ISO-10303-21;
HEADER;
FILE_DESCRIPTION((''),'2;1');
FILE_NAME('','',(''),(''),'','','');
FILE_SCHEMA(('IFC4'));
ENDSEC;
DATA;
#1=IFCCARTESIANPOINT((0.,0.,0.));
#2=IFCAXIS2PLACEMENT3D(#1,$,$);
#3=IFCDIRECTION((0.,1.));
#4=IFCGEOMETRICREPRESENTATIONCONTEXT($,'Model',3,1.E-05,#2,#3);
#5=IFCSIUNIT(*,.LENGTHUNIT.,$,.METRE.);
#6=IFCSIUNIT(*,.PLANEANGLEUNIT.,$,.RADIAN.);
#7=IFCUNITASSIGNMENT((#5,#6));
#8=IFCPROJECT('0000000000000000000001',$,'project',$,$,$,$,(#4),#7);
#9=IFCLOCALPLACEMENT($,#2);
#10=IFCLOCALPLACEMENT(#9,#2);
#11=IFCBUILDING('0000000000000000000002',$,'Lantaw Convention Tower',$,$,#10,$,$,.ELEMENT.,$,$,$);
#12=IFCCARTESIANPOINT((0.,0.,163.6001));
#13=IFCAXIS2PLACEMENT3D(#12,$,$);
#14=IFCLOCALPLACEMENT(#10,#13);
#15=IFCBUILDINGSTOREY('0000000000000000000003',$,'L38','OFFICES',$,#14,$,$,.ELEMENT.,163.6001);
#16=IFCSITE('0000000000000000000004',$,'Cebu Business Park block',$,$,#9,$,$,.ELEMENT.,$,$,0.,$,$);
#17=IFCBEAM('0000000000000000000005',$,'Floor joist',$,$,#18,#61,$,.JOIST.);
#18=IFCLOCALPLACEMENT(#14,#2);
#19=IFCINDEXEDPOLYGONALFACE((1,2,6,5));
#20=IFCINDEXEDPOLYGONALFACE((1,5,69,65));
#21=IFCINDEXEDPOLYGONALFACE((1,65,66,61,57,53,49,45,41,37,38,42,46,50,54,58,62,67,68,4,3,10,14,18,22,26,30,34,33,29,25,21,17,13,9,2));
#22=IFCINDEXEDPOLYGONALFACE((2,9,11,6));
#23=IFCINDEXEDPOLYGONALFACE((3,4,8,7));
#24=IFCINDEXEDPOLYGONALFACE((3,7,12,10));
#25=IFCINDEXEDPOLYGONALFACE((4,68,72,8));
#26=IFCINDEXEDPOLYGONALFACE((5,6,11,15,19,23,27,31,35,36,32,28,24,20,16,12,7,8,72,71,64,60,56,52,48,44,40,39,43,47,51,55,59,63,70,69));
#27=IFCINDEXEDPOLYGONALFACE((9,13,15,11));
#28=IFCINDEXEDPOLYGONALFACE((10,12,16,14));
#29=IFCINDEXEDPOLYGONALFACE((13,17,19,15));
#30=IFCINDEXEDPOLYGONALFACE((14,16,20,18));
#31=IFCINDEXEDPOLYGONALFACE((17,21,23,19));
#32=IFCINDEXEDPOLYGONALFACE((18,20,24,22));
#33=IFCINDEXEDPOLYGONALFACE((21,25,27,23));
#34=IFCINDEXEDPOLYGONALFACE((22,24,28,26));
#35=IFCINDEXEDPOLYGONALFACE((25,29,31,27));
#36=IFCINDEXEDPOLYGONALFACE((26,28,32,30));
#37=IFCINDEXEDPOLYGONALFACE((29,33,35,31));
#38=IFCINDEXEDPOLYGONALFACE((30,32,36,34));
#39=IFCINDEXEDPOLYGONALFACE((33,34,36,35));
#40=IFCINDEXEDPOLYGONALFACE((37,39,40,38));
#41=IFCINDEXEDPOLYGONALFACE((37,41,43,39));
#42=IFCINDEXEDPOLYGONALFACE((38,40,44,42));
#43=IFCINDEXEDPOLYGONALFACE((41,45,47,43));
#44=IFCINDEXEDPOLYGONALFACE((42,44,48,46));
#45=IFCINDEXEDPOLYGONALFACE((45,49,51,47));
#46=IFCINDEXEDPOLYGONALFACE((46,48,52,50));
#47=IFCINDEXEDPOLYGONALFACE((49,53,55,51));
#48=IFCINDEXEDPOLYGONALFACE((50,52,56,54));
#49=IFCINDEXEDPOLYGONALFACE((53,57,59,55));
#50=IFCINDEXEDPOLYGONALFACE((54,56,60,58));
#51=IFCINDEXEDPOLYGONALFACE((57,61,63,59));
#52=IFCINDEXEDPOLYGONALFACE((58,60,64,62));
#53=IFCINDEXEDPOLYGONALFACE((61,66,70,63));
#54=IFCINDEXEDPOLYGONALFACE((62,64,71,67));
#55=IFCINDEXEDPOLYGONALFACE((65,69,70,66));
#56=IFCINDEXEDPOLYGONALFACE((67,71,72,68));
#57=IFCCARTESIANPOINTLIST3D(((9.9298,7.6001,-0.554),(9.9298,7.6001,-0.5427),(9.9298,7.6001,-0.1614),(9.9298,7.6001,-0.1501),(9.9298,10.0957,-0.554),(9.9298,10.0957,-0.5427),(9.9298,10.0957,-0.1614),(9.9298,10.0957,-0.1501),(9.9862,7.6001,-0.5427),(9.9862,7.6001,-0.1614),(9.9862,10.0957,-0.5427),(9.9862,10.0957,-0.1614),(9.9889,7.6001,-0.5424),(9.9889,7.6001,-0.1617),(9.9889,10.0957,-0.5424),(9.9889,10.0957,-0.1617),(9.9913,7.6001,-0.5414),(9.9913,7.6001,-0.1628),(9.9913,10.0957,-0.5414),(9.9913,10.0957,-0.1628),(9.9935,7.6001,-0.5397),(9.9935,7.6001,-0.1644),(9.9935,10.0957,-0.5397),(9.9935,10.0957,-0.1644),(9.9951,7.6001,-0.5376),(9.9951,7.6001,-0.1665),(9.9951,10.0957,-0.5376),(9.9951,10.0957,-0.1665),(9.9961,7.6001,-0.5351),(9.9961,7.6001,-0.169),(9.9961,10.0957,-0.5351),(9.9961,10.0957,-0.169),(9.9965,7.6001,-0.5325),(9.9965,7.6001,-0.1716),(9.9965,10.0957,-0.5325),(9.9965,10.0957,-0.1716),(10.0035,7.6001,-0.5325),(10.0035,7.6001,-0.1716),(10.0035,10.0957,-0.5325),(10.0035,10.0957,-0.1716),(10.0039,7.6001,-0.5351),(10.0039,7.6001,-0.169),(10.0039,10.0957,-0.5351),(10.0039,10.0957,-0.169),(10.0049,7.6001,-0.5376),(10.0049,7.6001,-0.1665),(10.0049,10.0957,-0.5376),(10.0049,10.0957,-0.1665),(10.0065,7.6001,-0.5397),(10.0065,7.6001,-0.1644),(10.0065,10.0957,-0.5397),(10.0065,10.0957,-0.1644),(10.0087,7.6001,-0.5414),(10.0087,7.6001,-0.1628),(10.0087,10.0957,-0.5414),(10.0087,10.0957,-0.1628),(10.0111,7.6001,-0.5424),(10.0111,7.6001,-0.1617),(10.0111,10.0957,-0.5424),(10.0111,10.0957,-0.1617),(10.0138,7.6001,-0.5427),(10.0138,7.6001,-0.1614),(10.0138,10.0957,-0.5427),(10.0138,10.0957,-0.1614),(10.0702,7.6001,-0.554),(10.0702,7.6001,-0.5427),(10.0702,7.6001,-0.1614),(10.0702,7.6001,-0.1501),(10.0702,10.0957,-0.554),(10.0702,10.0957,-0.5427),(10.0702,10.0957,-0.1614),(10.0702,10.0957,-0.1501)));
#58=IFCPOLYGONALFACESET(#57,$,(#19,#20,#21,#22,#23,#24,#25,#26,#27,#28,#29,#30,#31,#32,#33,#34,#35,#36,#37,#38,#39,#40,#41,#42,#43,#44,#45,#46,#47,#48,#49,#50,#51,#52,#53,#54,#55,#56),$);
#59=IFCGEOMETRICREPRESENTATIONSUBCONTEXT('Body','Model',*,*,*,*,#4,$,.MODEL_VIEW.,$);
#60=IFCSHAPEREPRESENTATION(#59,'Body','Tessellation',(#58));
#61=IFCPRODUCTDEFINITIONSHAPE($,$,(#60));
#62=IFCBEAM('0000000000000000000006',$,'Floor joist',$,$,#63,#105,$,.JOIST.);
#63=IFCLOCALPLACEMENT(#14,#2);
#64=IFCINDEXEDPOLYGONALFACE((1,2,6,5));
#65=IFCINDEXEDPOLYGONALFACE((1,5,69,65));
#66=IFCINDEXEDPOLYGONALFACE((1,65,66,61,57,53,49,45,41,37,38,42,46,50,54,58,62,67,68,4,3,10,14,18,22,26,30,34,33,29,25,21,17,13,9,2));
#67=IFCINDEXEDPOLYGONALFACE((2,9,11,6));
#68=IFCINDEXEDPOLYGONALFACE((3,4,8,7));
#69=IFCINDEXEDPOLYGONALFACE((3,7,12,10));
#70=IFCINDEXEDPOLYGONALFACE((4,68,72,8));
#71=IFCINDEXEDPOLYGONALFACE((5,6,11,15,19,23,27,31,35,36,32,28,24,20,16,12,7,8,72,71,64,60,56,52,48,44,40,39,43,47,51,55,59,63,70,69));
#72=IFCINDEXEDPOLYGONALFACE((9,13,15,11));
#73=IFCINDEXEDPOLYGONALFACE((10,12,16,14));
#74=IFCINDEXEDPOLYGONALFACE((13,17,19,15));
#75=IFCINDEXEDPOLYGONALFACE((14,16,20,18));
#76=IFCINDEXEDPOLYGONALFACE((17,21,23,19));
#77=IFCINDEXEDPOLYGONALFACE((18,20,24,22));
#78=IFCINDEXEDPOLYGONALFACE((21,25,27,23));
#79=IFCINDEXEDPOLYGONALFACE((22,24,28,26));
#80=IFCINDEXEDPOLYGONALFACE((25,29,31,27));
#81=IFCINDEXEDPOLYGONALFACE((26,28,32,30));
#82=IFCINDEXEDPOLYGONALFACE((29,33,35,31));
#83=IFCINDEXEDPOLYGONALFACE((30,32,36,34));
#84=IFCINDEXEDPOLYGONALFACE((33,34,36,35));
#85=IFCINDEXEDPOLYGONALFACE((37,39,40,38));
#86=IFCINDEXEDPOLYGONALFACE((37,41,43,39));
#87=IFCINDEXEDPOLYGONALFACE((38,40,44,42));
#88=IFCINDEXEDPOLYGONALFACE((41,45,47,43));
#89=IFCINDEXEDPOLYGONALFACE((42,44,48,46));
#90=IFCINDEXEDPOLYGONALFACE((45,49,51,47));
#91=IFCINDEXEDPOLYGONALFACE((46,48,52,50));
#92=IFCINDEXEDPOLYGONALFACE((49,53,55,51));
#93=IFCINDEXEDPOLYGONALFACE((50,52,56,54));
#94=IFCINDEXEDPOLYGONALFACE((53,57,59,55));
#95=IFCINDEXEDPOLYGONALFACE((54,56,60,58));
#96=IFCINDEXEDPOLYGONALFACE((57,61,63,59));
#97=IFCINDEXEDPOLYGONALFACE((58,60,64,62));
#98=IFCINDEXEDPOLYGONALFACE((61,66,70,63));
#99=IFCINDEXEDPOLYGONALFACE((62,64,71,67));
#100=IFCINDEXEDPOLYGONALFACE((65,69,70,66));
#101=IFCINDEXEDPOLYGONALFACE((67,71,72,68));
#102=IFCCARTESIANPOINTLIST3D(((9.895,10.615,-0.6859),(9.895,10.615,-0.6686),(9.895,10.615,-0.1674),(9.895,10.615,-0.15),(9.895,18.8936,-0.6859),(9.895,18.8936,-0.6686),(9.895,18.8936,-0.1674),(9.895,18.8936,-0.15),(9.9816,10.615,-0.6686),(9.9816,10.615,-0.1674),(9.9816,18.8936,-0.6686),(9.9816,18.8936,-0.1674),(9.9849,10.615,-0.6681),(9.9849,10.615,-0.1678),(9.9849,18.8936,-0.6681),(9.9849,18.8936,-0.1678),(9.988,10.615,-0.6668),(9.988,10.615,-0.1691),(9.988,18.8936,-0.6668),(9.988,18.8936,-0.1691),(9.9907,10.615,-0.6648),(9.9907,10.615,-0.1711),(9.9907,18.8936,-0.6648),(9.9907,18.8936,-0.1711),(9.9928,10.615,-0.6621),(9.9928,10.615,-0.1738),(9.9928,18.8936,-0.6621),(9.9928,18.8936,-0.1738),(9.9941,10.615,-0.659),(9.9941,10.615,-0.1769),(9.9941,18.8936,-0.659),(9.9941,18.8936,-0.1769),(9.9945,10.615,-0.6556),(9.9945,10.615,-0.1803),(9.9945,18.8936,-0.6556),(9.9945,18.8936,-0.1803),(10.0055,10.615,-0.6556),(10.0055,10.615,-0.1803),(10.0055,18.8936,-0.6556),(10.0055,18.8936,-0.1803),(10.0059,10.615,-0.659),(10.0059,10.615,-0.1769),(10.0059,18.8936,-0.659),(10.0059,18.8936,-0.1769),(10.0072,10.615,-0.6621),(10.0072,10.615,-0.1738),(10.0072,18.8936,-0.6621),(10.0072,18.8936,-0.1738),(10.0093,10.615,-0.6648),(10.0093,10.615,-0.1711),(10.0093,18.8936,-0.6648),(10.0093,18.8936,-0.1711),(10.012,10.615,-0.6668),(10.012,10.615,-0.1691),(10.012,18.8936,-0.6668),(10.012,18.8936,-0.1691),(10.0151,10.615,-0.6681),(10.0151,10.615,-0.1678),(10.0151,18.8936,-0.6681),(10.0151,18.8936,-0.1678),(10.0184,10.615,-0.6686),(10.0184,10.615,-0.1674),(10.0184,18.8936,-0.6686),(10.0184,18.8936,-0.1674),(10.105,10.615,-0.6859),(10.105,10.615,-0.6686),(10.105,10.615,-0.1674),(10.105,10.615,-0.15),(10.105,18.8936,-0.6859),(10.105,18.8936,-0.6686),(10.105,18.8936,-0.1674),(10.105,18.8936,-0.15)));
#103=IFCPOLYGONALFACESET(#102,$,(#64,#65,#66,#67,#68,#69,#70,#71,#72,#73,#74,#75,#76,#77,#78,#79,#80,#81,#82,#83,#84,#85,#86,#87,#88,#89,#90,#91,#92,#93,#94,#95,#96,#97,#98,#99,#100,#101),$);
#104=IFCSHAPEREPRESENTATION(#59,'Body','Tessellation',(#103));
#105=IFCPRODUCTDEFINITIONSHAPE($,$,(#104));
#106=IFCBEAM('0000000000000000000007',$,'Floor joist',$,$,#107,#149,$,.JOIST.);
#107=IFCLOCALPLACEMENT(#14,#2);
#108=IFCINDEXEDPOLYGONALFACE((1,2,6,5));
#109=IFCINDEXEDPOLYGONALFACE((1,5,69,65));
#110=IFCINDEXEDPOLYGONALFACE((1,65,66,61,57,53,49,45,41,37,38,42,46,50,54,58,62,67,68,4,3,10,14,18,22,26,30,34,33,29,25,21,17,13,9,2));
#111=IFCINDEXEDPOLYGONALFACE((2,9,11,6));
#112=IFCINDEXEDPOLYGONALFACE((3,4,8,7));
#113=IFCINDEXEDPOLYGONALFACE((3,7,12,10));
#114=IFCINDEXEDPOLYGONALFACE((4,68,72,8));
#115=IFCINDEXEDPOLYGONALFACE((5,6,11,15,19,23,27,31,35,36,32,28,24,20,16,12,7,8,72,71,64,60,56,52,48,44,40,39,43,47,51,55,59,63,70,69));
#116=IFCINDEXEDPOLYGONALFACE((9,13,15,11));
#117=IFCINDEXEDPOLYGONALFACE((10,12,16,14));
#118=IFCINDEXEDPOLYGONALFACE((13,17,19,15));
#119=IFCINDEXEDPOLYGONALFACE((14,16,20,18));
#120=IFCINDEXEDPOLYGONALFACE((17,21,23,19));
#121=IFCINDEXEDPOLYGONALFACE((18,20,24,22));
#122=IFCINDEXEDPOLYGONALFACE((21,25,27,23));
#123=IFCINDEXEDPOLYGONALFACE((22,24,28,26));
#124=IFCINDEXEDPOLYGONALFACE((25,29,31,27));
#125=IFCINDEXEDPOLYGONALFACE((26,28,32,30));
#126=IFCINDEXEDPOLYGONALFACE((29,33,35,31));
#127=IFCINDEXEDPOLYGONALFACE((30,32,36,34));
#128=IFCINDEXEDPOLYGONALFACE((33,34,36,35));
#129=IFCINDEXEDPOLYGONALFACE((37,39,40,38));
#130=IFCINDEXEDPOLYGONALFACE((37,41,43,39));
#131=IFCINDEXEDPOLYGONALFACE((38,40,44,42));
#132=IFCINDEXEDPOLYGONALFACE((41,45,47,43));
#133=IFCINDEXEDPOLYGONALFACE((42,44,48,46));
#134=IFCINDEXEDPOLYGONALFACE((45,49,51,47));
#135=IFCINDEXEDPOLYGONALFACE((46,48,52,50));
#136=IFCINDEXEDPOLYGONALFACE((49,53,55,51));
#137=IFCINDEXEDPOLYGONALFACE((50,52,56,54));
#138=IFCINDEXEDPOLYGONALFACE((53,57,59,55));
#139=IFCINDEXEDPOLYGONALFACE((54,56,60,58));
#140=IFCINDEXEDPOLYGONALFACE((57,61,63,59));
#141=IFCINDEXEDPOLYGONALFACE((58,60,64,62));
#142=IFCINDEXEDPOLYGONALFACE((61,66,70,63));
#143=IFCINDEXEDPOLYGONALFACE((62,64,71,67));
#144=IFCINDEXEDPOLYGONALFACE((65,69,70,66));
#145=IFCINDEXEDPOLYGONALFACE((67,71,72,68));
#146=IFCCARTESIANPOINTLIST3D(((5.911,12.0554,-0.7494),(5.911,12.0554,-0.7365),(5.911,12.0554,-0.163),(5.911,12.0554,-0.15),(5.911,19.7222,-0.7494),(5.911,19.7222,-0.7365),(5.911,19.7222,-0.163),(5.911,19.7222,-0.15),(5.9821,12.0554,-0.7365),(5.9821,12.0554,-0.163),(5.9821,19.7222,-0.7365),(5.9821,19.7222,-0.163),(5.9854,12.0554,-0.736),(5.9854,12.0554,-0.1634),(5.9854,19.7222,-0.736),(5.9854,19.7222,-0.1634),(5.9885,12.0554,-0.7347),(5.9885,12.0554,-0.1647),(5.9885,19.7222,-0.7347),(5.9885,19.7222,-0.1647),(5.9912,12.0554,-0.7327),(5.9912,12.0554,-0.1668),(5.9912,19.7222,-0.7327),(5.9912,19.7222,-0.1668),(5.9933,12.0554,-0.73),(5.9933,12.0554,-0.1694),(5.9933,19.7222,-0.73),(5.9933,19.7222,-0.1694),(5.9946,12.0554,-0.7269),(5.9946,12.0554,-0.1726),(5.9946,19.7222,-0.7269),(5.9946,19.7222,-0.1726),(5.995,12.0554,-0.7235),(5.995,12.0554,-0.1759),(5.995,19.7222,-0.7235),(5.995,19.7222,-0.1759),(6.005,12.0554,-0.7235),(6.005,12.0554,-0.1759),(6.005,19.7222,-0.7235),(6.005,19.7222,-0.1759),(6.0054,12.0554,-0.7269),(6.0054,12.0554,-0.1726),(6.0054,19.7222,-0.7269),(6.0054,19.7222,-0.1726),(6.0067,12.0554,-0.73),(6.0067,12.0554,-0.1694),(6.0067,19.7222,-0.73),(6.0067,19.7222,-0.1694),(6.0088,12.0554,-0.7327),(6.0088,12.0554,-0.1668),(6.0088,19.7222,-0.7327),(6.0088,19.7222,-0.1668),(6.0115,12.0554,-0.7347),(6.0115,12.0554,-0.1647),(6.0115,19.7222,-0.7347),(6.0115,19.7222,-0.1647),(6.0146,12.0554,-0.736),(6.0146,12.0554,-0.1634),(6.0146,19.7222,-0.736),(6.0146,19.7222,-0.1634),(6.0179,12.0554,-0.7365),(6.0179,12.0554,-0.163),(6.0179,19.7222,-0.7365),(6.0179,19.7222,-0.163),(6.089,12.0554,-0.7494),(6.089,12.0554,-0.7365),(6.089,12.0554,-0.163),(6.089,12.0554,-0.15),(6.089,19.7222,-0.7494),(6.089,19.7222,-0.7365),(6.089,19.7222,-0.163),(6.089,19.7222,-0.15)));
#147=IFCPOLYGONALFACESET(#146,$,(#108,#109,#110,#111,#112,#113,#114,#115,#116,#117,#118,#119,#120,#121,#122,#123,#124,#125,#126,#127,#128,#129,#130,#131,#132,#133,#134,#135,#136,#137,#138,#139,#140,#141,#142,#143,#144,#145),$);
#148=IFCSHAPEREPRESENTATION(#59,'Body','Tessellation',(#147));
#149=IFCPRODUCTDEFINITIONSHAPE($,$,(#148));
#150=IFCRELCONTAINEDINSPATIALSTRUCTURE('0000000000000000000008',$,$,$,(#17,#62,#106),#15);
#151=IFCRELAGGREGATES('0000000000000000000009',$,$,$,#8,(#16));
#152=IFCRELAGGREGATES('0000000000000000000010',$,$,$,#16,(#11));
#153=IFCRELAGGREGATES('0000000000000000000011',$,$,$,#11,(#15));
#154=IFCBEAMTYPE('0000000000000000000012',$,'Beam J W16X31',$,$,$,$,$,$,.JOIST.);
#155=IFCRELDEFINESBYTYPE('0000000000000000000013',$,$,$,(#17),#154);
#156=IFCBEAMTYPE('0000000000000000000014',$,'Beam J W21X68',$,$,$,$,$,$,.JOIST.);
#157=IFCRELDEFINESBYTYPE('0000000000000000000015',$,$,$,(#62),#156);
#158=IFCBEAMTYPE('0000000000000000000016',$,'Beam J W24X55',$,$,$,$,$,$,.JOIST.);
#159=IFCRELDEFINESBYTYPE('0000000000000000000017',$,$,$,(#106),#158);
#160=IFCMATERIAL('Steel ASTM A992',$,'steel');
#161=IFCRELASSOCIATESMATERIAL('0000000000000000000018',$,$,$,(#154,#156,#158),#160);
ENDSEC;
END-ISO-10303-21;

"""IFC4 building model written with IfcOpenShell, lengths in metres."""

from ifc_helpers import new_model, si_unit, direction, frame, origin, origin_2d, place, context, subcontext, project, spatial, i_section, extrude, material, material_profile, profile_set, type_object, element, save


model = new_model("IFC4")

# Units and contexts
model_context = context("Model", 3, precision=1e-05, world=origin(), true_north=direction((0.0, 1.0)))
body_context = subcontext(model_context, "Body", "Model", "MODEL_VIEW")
ifc_project = project(units=[si_unit("LENGTHUNIT", "METRE"), si_unit("PLANEANGLEUNIT", "RADIAN")], contexts=[model_context])

# Site, building, storey
site_placement = place(None, origin())
site = spatial("IfcSite", under=ifc_project, at=site_placement, Name="Cebu Business Park block", CompositionType="ELEMENT", RefElevation=0.0)
building_placement = place(site_placement, origin())
building = spatial("IfcBuilding", under=site, at=building_placement, Name="Lantaw Convention Tower", CompositionType="ELEMENT")
storey_placement = place(building_placement, frame((0.0, 0.0, 163.6001)))
storey = spatial("IfcBuildingStorey", under=building, at=storey_placement, Name="L38", Description="OFFICES", CompositionType="ELEMENT", Elevation=163.6001)

# Beams
ifc_material_1 = material(Name="Steel ASTM A992", Category="steel")
ifc_material_profile_1 = material_profile(ifc_material_1, i_section(OverallWidth=0.1404, OverallDepth=0.4038, WebThickness=0.0071, FlangeThickness=0.0112, FilletRadius=0.0103, at=origin_2d()), Name="W16X31")
ifc_profile_set_1 = profile_set([ifc_material_profile_1], Name="Steel ASTM A992")
beam_type_1 = type_object("IfcBeamType", Name="Beam J W16X31", PredefinedType="JOIST", material=ifc_profile_set_1)
beam_1_placement = place(storey_placement, frame((10.0, 7.6001, -0.3521), z_axis=(0.0, 1.0, 0.0), x_axis=(-1.0, 0.0, 0.0)))
element("IfcBeam", 1, at=beam_1_placement, inside=storey, type_object=beam_type_1, Name="Floor joist", PredefinedType="JOIST", context=body_context, shape_type="SweptSolid", body=[
    extrude(i_section(OverallWidth=0.1404, OverallDepth=0.4038, WebThickness=0.0071, FlangeThickness=0.0112, FilletRadius=0.0103, at=origin_2d()), origin(), (0.0, 0.0, 1.0), 2.4956),
])
ifc_material_profile_2 = material_profile(ifc_material_1, i_section(OverallWidth=0.21, OverallDepth=0.5359, WebThickness=0.011, FlangeThickness=0.0173, FilletRadius=0.0129, at=origin_2d()), Name="W21X68")
ifc_profile_set_2 = profile_set([ifc_material_profile_2], Name="Steel ASTM A992")
beam_type_2 = type_object("IfcBeamType", Name="Beam J W21X68", PredefinedType="JOIST", material=ifc_profile_set_2)
beam_2_placement = place(storey_placement, frame((10.0, 10.615, -0.418), z_axis=(0.0, 1.0, 0.0), x_axis=(-1.0, 0.0, 0.0)))
element("IfcBeam", 2, at=beam_2_placement, inside=storey, type_object=beam_type_2, Name="Floor joist", PredefinedType="JOIST", context=body_context, shape_type="SweptSolid", body=[
    extrude(i_section(OverallWidth=0.21, OverallDepth=0.5359, WebThickness=0.011, FlangeThickness=0.0173, FilletRadius=0.0129, at=origin_2d()), origin(), (0.0, 0.0, 1.0), 8.2786),
])
ifc_material_profile_3 = material_profile(ifc_material_1, i_section(OverallWidth=0.178, OverallDepth=0.5994, WebThickness=0.01, FlangeThickness=0.0129, FilletRadius=0.0129, at=origin_2d()), Name="W24X55")
ifc_profile_set_3 = profile_set([ifc_material_profile_3], Name="Steel ASTM A992")
beam_type_3 = type_object("IfcBeamType", Name="Beam J W24X55", PredefinedType="JOIST", material=ifc_profile_set_3)
beam_3_placement = place(storey_placement, frame((6.0, 12.0554, -0.4497), z_axis=(0.0, 1.0, 0.0), x_axis=(-1.0, 0.0, 0.0)))
element("IfcBeam", 3, at=beam_3_placement, inside=storey, type_object=beam_type_3, Name="Floor joist", PredefinedType="JOIST", context=body_context, shape_type="SweptSolid", body=[
    extrude(i_section(OverallWidth=0.178, OverallDepth=0.5994, WebThickness=0.01, FlangeThickness=0.0129, FilletRadius=0.0129, at=origin_2d()), origin(), (0.0, 0.0, 1.0), 7.6667),
])

save(model, "model.ifc")
